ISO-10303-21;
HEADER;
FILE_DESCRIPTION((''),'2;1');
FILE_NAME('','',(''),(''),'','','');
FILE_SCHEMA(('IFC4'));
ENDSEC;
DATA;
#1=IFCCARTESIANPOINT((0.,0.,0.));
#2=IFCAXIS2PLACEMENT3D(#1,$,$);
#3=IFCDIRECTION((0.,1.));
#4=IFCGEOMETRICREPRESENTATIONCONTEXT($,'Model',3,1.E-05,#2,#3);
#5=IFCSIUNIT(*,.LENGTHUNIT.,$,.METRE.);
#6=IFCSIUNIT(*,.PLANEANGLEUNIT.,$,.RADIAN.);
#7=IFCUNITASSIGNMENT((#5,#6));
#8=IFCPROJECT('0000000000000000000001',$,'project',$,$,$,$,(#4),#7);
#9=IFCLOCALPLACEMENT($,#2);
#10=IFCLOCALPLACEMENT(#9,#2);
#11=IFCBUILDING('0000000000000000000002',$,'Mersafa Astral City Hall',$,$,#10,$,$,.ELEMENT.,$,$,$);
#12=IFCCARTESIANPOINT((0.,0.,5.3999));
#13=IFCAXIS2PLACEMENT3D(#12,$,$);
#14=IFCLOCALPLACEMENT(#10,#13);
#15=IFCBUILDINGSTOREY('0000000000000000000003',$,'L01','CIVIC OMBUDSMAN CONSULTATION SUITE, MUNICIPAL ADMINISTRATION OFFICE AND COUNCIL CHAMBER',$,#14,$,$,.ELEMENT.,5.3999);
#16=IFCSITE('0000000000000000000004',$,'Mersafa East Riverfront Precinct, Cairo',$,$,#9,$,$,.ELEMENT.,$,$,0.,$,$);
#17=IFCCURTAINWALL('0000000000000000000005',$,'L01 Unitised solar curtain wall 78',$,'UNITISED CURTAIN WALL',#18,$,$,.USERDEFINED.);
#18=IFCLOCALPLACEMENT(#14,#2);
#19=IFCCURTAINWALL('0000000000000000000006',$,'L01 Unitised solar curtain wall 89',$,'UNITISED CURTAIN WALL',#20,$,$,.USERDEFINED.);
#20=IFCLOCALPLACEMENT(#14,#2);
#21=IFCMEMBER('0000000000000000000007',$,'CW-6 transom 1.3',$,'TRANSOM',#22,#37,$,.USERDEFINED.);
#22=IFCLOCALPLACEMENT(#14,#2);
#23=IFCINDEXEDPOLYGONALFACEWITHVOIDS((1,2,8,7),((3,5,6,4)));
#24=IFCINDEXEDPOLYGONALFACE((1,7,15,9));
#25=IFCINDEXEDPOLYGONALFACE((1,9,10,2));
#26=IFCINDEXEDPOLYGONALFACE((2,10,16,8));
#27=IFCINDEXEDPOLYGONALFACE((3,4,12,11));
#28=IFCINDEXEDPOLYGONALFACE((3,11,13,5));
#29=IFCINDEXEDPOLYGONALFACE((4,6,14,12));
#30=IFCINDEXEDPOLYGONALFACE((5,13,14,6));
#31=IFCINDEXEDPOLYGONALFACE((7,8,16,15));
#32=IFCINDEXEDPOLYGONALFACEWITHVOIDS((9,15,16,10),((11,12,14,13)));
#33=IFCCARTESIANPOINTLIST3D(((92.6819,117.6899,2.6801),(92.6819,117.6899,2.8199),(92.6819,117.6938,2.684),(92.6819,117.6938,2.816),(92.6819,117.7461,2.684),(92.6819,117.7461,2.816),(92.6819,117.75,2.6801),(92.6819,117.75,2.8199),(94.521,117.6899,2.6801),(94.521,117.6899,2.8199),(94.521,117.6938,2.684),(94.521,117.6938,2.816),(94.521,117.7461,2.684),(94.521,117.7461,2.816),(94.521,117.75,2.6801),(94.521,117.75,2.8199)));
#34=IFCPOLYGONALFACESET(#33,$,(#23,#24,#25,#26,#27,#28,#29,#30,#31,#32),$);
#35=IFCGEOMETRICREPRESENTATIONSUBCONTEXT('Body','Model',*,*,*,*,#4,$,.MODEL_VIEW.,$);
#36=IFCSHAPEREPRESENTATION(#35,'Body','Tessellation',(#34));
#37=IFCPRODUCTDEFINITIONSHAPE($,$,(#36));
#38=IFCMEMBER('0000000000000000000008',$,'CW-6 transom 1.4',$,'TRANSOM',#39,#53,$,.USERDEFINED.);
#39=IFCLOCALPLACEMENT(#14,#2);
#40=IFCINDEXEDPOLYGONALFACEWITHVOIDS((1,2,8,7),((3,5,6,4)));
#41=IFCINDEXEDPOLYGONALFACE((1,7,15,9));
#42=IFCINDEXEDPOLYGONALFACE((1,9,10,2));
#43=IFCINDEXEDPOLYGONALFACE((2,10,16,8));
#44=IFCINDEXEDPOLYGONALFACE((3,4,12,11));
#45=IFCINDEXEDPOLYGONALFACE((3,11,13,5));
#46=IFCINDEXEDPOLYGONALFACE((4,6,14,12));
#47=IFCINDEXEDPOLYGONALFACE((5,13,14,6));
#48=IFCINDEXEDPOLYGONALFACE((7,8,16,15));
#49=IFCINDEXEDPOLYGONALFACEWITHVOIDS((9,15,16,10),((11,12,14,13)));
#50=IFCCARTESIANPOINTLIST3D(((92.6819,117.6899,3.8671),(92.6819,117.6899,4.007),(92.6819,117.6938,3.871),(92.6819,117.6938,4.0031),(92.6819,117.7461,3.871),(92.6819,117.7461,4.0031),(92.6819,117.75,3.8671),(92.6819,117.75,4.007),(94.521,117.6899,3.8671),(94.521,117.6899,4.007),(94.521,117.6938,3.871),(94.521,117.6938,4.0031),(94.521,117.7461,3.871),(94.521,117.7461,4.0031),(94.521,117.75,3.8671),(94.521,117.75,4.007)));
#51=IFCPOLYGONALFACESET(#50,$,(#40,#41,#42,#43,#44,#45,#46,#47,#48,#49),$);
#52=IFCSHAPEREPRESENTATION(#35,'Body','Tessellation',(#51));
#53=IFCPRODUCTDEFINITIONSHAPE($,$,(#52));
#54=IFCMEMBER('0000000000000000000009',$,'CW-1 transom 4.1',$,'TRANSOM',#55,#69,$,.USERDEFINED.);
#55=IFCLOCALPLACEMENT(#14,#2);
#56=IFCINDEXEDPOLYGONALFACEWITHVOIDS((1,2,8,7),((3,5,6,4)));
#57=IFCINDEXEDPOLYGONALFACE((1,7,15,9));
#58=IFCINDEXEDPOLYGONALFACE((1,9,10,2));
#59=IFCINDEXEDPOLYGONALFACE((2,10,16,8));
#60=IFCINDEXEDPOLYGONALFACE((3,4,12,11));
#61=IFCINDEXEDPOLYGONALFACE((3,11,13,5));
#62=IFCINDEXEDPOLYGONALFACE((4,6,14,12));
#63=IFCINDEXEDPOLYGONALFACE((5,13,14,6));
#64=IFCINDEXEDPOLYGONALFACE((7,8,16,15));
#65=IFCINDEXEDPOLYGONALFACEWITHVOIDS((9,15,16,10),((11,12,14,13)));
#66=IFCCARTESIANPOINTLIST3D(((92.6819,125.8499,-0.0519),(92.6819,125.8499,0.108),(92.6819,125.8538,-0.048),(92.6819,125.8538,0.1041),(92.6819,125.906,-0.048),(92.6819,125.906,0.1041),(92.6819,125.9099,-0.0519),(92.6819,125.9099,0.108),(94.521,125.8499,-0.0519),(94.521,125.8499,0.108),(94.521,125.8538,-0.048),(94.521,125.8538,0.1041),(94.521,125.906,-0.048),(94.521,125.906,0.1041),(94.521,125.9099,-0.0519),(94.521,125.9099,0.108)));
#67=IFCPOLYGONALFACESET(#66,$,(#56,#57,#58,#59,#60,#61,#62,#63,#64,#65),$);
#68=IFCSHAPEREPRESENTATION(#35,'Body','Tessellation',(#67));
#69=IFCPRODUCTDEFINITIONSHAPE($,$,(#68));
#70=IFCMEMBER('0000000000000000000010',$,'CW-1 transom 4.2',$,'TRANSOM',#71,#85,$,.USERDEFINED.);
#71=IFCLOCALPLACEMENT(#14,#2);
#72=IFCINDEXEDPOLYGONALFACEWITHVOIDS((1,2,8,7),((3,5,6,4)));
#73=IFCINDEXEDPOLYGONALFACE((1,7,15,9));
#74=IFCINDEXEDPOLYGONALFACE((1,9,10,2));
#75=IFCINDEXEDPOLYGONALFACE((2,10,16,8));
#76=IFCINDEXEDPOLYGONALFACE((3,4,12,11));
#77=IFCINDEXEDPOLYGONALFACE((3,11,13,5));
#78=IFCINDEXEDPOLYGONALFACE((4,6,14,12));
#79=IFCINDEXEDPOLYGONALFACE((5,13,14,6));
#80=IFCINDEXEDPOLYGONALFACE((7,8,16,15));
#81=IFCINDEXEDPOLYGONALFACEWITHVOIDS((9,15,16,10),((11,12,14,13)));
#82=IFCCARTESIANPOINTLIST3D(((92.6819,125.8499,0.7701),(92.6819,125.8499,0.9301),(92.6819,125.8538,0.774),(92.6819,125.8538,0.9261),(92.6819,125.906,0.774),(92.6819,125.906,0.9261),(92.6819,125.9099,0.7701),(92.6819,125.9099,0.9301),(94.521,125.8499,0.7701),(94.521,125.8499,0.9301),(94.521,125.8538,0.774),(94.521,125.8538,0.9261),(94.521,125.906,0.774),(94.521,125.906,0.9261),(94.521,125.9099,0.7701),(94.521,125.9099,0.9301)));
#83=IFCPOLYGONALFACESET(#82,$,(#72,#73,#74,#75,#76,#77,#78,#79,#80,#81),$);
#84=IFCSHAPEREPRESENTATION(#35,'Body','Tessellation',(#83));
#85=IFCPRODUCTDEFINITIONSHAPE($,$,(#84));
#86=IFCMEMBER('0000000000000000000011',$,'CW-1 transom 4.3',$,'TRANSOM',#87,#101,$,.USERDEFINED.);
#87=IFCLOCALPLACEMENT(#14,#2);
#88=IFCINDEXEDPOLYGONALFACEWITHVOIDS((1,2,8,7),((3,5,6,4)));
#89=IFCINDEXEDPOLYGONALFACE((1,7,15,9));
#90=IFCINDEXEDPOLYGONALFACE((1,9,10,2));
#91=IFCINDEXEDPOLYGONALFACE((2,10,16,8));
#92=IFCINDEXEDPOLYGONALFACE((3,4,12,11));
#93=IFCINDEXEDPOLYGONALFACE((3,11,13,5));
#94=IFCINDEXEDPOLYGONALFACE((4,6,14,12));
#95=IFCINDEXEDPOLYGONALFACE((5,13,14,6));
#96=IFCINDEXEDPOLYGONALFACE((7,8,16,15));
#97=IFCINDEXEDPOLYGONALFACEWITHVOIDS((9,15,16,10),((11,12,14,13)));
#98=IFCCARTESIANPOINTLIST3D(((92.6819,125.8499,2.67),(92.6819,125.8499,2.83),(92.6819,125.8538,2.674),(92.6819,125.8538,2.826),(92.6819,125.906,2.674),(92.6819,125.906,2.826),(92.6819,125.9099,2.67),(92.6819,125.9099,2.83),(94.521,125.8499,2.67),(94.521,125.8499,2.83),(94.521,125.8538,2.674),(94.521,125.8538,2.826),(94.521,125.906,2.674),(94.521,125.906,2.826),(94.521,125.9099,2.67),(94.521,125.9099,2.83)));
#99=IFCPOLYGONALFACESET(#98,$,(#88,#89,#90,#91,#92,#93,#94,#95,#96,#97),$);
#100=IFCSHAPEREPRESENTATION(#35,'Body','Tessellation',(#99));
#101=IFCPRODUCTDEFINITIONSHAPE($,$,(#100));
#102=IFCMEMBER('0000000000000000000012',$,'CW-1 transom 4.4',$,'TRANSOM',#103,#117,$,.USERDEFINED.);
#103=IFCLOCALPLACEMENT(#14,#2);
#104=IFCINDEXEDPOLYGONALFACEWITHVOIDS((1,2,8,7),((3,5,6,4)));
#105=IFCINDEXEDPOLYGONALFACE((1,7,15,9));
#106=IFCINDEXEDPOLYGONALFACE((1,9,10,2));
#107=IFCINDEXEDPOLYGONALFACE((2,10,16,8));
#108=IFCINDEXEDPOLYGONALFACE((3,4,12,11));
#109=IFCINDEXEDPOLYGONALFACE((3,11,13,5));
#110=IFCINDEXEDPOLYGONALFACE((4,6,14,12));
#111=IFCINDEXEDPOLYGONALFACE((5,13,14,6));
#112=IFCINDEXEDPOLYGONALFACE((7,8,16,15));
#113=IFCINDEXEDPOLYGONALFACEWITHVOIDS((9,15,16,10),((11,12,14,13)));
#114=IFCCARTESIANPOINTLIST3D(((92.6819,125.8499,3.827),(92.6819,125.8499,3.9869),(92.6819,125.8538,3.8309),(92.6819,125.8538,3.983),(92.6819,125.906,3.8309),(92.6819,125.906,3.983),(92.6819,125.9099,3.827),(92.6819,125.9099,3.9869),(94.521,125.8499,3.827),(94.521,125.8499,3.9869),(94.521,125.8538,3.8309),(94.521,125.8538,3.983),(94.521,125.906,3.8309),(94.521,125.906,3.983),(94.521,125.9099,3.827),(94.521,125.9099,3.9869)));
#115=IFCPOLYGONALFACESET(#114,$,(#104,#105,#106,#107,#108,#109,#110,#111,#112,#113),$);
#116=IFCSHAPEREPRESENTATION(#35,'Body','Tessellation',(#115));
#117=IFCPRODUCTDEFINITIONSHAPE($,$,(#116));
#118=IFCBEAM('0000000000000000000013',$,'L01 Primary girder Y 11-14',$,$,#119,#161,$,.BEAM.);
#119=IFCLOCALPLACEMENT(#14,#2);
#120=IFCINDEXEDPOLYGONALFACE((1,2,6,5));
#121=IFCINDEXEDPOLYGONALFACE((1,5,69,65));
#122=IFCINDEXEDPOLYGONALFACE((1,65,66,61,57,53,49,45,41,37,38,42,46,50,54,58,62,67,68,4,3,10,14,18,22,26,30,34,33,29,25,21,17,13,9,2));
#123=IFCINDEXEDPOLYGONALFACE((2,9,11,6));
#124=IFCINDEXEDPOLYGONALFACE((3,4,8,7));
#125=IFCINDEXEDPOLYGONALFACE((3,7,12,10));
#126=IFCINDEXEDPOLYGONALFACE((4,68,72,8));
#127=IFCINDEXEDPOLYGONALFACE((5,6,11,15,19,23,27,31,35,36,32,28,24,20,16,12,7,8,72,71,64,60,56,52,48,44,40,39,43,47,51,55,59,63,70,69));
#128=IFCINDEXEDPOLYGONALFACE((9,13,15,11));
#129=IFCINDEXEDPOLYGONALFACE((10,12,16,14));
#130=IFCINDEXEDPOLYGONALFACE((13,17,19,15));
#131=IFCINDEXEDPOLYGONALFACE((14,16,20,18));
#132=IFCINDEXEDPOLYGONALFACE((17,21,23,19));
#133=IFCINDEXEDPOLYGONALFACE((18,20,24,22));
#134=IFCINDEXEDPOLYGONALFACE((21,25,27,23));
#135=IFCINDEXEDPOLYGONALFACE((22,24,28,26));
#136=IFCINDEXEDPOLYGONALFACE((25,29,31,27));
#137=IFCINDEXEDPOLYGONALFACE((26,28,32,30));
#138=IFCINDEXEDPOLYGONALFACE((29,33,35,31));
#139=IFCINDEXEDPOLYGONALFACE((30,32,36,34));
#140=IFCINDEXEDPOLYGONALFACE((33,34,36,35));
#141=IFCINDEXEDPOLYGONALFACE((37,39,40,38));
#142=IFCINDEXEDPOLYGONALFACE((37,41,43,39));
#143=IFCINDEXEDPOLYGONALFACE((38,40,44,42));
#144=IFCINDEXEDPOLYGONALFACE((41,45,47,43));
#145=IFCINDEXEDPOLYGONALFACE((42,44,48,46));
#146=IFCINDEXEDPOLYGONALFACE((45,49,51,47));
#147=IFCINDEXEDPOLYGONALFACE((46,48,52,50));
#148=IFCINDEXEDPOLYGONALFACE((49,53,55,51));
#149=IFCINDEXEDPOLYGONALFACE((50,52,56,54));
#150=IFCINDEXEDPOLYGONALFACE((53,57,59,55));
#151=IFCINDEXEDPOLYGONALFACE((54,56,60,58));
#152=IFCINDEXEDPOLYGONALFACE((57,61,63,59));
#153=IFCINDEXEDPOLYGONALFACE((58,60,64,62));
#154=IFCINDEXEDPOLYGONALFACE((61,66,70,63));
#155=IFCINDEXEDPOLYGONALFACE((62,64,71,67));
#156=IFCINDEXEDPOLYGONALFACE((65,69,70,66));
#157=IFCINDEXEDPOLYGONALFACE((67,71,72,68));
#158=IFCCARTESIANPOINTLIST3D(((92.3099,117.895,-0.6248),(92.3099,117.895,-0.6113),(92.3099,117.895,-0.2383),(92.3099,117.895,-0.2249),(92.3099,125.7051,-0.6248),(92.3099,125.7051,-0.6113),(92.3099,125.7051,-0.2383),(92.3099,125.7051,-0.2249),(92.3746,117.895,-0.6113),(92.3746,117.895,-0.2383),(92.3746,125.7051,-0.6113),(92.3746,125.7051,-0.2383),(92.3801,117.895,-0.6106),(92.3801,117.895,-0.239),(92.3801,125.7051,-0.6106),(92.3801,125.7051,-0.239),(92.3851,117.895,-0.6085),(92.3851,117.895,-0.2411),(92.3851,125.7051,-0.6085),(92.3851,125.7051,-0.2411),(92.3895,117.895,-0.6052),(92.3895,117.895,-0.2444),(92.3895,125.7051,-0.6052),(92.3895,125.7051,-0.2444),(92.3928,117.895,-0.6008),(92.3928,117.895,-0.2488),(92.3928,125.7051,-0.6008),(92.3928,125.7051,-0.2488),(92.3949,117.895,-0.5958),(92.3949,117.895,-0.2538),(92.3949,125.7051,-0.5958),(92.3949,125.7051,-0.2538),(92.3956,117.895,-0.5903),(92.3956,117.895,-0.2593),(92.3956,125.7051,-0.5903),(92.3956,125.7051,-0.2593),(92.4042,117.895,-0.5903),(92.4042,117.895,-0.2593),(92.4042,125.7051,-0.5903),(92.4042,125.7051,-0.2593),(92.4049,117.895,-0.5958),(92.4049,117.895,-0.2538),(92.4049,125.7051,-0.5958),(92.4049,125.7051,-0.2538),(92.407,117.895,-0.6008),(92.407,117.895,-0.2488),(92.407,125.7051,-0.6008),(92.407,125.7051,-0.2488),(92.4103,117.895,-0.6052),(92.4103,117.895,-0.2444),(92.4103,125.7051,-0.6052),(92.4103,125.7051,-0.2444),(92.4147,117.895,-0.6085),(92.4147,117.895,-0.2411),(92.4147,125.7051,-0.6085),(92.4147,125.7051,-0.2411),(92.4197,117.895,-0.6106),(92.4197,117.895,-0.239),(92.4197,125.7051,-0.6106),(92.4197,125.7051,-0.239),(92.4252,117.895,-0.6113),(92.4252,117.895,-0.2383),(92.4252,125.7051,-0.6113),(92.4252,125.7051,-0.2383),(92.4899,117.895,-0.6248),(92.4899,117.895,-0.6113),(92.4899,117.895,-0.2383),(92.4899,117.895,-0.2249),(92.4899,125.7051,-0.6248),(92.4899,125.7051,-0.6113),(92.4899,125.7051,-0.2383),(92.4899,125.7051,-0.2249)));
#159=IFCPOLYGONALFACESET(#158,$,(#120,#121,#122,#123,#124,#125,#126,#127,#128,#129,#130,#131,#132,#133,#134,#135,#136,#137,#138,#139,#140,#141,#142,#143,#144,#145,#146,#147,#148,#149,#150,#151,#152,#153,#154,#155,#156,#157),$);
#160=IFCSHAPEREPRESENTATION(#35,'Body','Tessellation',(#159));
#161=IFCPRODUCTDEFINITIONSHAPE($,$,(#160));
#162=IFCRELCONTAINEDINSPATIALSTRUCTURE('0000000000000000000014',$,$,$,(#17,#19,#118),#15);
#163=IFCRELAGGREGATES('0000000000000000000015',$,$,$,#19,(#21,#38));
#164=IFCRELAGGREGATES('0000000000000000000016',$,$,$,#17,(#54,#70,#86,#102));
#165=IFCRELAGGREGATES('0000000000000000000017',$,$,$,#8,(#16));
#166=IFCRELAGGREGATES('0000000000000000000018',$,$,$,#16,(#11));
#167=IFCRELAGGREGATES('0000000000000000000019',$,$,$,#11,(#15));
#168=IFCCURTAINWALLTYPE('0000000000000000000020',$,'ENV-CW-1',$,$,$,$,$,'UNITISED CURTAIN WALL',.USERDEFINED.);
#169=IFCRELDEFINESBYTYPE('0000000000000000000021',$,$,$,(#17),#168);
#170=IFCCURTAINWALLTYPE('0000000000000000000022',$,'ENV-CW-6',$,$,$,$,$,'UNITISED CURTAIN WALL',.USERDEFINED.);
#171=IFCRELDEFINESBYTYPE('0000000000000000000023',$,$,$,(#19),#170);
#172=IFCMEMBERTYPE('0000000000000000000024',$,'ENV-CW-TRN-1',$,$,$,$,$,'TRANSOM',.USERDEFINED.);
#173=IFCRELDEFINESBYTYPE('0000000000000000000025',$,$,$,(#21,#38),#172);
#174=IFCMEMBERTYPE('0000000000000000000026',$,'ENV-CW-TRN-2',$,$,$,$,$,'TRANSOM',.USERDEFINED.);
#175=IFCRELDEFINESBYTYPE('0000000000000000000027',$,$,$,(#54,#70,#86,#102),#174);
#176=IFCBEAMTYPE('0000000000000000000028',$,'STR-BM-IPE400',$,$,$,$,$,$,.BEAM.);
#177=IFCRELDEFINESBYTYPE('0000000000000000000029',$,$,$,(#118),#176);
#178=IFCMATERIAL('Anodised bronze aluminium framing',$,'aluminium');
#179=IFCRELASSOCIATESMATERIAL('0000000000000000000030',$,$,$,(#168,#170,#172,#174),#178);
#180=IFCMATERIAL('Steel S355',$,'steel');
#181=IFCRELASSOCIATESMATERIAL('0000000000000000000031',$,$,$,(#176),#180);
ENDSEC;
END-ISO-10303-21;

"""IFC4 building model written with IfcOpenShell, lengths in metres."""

from ifc_helpers import new_model, si_unit, direction, frame, origin, origin_2d, place, context, subcontext, project, spatial, hollow_rectangle, i_section, extrude, material, material_profile, profile_set, type_object, element, aggregate, save


model = new_model("IFC4")

# Units and contexts
model_context = context("Model", 3, precision=1e-05, world=origin(), true_north=direction((0.0, 1.0)))
body_context = subcontext(model_context, "Body", "Model", "MODEL_VIEW")
ifc_project = project(units=[si_unit("LENGTHUNIT", "METRE"), si_unit("PLANEANGLEUNIT", "RADIAN")], contexts=[model_context])

# Site, building, storey
site_placement = place(None, origin())
site = spatial("IfcSite", under=ifc_project, at=site_placement, Name="Mersafa East Riverfront Precinct, Cairo", CompositionType="ELEMENT", RefElevation=0.0)
building_placement = place(site_placement, origin())
building = spatial("IfcBuilding", under=site, at=building_placement, Name="Mersafa Astral City Hall", CompositionType="ELEMENT")
storey_placement = place(building_placement, frame((0.0, 0.0, 5.3999)))
storey = spatial("IfcBuildingStorey", under=building, at=storey_placement, Name="L01", Description="CIVIC OMBUDSMAN CONSULTATION SUITE, MUNICIPAL ADMINISTRATION OFFICE AND COUNCIL CHAMBER", CompositionType="ELEMENT", Elevation=5.3999)

# Shared definitions
ifc_material_1 = material(Name="Steel S355", Category="steel")

# Curtain wall
ifc_material_2 = material(Name="Anodised bronze aluminium framing", Category="aluminium")
curtain_wall_type_1 = type_object("IfcCurtainWallType", Name="ENV-CW-1", ElementType="UNITISED CURTAIN WALL", PredefinedType="USERDEFINED", material=ifc_material_2)
curtain_wall_1_placement = place(storey_placement, origin())
curtain_wall_1 = element("IfcCurtainWall", 1, at=curtain_wall_1_placement, inside=storey, type_object=curtain_wall_type_1, Name="L01 Unitised solar curtain wall 78", ObjectType="UNITISED CURTAIN WALL", PredefinedType="USERDEFINED")

# Curtain wall, members
curtain_wall_type_2 = type_object("IfcCurtainWallType", Name="ENV-CW-6", ElementType="UNITISED CURTAIN WALL", PredefinedType="USERDEFINED", material=ifc_material_2)
curtain_wall_2_placement = place(storey_placement, origin())
curtain_wall_2 = element("IfcCurtainWall", 2, at=curtain_wall_2_placement, inside=storey, type_object=curtain_wall_type_2, Name="L01 Unitised solar curtain wall 89", ObjectType="UNITISED CURTAIN WALL", PredefinedType="USERDEFINED")
ifc_material_profile_1 = material_profile(ifc_material_2, hollow_rectangle(XDim=0.0601, YDim=0.1399, WallThickness=0.0039, at=origin_2d()), Name="RHS 60x140x4")
ifc_profile_set_1 = profile_set([ifc_material_profile_1], Name="Anodised bronze aluminium framing")
member_type_1 = type_object("IfcMemberType", Name="ENV-CW-TRN-1", ElementType="TRANSOM", PredefinedType="USERDEFINED", material=ifc_profile_set_1)
member_1_placement = place(storey_placement, frame((92.6819, 117.72, 2.75), z_axis=(1.0, 0.0, 0.0), x_axis=(0.0, 1.0, 0.0)))
member_1 = element("IfcMember", 3, at=member_1_placement, type_object=member_type_1, Name="CW-6 transom 1.3", ObjectType="TRANSOM", PredefinedType="USERDEFINED", context=body_context, shape_type="SweptSolid", body=[
    extrude(hollow_rectangle(XDim=0.0601, YDim=0.1399, WallThickness=0.0039, at=origin_2d()), origin(), (0.0, 0.0, 1.0), 1.8391),
])
member_2_placement = place(storey_placement, frame((92.6819, 117.72, 3.937), z_axis=(1.0, 0.0, 0.0), x_axis=(0.0, 1.0, 0.0)))
member_2 = element("IfcMember", 4, at=member_2_placement, type_object=member_type_1, Name="CW-6 transom 1.4", ObjectType="TRANSOM", PredefinedType="USERDEFINED", context=body_context, shape_type="SweptSolid", body=[
    extrude(hollow_rectangle(XDim=0.0601, YDim=0.1399, WallThickness=0.0039, at=origin_2d()), origin(), (0.0, 0.0, 1.0), 1.8391),
])

# Members
ifc_material_profile_2 = material_profile(ifc_material_2, hollow_rectangle(XDim=0.0601, YDim=0.1599, WallThickness=0.0039, at=origin_2d()), Name="RHS 60x160x4")
ifc_profile_set_2 = profile_set([ifc_material_profile_2], Name="Anodised bronze aluminium framing")
member_type_2 = type_object("IfcMemberType", Name="ENV-CW-TRN-2", ElementType="TRANSOM", PredefinedType="USERDEFINED", material=ifc_profile_set_2)
member_3_placement = place(storey_placement, frame((94.521, 125.8799, 0.0281), z_axis=(-1.0, 0.0, 0.0), x_axis=(0.0, -1.0, 0.0)))
member_3 = element("IfcMember", 5, at=member_3_placement, type_object=member_type_2, Name="CW-1 transom 4.1", ObjectType="TRANSOM", PredefinedType="USERDEFINED", context=body_context, shape_type="SweptSolid", body=[
    extrude(hollow_rectangle(XDim=0.0601, YDim=0.1599, WallThickness=0.0039, at=origin_2d()), origin(), (0.0, 0.0, 1.0), 1.8391),
])
member_4_placement = place(storey_placement, frame((94.521, 125.8799, 0.8501), z_axis=(-1.0, 0.0, 0.0), x_axis=(0.0, -1.0, 0.0)))
member_4 = element("IfcMember", 6, at=member_4_placement, type_object=member_type_2, Name="CW-1 transom 4.2", ObjectType="TRANSOM", PredefinedType="USERDEFINED", context=body_context, shape_type="SweptSolid", body=[
    extrude(hollow_rectangle(XDim=0.0601, YDim=0.1599, WallThickness=0.0039, at=origin_2d()), origin(), (0.0, 0.0, 1.0), 1.8391),
])
member_5_placement = place(storey_placement, frame((94.521, 125.8799, 2.75), z_axis=(-1.0, 0.0, 0.0), x_axis=(0.0, -1.0, 0.0)))
member_5 = element("IfcMember", 7, at=member_5_placement, type_object=member_type_2, Name="CW-1 transom 4.3", ObjectType="TRANSOM", PredefinedType="USERDEFINED", context=body_context, shape_type="SweptSolid", body=[
    extrude(hollow_rectangle(XDim=0.0601, YDim=0.1599, WallThickness=0.0039, at=origin_2d()), origin(), (0.0, 0.0, 1.0), 1.8391),
])
member_6_placement = place(storey_placement, frame((94.521, 125.8799, 3.907), z_axis=(-1.0, 0.0, 0.0), x_axis=(0.0, -1.0, 0.0)))
member_6 = element("IfcMember", 8, at=member_6_placement, type_object=member_type_2, Name="CW-1 transom 4.4", ObjectType="TRANSOM", PredefinedType="USERDEFINED", context=body_context, shape_type="SweptSolid", body=[
    extrude(hollow_rectangle(XDim=0.0601, YDim=0.1599, WallThickness=0.0039, at=origin_2d()), origin(), (0.0, 0.0, 1.0), 1.8391),
])

# Beam
ifc_material_profile_3 = material_profile(ifc_material_1, i_section(OverallWidth=0.1799, OverallDepth=0.3999, WebThickness=0.0085, FlangeThickness=0.0134, FilletRadius=0.021, at=origin_2d()), Name="IPE 400")
ifc_profile_set_3 = profile_set([ifc_material_profile_3], Name="Steel S355")
beam_type_1 = type_object("IfcBeamType", Name="STR-BM-IPE400", PredefinedType="BEAM", material=ifc_profile_set_3)
beam_1_placement = place(storey_placement, frame((92.3999, 117.895, -0.4248), z_axis=(0.0, 1.0, 0.0), x_axis=(-1.0, 0.0, 0.0)))
element("IfcBeam", 9, at=beam_1_placement, inside=storey, type_object=beam_type_1, Name="L01 Primary girder Y 11-14", PredefinedType="BEAM", context=body_context, shape_type="SweptSolid", body=[
    extrude(i_section(OverallWidth=0.1799, OverallDepth=0.3999, WebThickness=0.0085, FlangeThickness=0.0134, FilletRadius=0.021, at=origin_2d()), origin(), (0.0, 0.0, 1.0), 7.8101),
])

aggregate(curtain_wall_2, [member_1, member_2])
aggregate(curtain_wall_1, [member_3, member_4, member_5, member_6])

save(model, "model.ifc")
